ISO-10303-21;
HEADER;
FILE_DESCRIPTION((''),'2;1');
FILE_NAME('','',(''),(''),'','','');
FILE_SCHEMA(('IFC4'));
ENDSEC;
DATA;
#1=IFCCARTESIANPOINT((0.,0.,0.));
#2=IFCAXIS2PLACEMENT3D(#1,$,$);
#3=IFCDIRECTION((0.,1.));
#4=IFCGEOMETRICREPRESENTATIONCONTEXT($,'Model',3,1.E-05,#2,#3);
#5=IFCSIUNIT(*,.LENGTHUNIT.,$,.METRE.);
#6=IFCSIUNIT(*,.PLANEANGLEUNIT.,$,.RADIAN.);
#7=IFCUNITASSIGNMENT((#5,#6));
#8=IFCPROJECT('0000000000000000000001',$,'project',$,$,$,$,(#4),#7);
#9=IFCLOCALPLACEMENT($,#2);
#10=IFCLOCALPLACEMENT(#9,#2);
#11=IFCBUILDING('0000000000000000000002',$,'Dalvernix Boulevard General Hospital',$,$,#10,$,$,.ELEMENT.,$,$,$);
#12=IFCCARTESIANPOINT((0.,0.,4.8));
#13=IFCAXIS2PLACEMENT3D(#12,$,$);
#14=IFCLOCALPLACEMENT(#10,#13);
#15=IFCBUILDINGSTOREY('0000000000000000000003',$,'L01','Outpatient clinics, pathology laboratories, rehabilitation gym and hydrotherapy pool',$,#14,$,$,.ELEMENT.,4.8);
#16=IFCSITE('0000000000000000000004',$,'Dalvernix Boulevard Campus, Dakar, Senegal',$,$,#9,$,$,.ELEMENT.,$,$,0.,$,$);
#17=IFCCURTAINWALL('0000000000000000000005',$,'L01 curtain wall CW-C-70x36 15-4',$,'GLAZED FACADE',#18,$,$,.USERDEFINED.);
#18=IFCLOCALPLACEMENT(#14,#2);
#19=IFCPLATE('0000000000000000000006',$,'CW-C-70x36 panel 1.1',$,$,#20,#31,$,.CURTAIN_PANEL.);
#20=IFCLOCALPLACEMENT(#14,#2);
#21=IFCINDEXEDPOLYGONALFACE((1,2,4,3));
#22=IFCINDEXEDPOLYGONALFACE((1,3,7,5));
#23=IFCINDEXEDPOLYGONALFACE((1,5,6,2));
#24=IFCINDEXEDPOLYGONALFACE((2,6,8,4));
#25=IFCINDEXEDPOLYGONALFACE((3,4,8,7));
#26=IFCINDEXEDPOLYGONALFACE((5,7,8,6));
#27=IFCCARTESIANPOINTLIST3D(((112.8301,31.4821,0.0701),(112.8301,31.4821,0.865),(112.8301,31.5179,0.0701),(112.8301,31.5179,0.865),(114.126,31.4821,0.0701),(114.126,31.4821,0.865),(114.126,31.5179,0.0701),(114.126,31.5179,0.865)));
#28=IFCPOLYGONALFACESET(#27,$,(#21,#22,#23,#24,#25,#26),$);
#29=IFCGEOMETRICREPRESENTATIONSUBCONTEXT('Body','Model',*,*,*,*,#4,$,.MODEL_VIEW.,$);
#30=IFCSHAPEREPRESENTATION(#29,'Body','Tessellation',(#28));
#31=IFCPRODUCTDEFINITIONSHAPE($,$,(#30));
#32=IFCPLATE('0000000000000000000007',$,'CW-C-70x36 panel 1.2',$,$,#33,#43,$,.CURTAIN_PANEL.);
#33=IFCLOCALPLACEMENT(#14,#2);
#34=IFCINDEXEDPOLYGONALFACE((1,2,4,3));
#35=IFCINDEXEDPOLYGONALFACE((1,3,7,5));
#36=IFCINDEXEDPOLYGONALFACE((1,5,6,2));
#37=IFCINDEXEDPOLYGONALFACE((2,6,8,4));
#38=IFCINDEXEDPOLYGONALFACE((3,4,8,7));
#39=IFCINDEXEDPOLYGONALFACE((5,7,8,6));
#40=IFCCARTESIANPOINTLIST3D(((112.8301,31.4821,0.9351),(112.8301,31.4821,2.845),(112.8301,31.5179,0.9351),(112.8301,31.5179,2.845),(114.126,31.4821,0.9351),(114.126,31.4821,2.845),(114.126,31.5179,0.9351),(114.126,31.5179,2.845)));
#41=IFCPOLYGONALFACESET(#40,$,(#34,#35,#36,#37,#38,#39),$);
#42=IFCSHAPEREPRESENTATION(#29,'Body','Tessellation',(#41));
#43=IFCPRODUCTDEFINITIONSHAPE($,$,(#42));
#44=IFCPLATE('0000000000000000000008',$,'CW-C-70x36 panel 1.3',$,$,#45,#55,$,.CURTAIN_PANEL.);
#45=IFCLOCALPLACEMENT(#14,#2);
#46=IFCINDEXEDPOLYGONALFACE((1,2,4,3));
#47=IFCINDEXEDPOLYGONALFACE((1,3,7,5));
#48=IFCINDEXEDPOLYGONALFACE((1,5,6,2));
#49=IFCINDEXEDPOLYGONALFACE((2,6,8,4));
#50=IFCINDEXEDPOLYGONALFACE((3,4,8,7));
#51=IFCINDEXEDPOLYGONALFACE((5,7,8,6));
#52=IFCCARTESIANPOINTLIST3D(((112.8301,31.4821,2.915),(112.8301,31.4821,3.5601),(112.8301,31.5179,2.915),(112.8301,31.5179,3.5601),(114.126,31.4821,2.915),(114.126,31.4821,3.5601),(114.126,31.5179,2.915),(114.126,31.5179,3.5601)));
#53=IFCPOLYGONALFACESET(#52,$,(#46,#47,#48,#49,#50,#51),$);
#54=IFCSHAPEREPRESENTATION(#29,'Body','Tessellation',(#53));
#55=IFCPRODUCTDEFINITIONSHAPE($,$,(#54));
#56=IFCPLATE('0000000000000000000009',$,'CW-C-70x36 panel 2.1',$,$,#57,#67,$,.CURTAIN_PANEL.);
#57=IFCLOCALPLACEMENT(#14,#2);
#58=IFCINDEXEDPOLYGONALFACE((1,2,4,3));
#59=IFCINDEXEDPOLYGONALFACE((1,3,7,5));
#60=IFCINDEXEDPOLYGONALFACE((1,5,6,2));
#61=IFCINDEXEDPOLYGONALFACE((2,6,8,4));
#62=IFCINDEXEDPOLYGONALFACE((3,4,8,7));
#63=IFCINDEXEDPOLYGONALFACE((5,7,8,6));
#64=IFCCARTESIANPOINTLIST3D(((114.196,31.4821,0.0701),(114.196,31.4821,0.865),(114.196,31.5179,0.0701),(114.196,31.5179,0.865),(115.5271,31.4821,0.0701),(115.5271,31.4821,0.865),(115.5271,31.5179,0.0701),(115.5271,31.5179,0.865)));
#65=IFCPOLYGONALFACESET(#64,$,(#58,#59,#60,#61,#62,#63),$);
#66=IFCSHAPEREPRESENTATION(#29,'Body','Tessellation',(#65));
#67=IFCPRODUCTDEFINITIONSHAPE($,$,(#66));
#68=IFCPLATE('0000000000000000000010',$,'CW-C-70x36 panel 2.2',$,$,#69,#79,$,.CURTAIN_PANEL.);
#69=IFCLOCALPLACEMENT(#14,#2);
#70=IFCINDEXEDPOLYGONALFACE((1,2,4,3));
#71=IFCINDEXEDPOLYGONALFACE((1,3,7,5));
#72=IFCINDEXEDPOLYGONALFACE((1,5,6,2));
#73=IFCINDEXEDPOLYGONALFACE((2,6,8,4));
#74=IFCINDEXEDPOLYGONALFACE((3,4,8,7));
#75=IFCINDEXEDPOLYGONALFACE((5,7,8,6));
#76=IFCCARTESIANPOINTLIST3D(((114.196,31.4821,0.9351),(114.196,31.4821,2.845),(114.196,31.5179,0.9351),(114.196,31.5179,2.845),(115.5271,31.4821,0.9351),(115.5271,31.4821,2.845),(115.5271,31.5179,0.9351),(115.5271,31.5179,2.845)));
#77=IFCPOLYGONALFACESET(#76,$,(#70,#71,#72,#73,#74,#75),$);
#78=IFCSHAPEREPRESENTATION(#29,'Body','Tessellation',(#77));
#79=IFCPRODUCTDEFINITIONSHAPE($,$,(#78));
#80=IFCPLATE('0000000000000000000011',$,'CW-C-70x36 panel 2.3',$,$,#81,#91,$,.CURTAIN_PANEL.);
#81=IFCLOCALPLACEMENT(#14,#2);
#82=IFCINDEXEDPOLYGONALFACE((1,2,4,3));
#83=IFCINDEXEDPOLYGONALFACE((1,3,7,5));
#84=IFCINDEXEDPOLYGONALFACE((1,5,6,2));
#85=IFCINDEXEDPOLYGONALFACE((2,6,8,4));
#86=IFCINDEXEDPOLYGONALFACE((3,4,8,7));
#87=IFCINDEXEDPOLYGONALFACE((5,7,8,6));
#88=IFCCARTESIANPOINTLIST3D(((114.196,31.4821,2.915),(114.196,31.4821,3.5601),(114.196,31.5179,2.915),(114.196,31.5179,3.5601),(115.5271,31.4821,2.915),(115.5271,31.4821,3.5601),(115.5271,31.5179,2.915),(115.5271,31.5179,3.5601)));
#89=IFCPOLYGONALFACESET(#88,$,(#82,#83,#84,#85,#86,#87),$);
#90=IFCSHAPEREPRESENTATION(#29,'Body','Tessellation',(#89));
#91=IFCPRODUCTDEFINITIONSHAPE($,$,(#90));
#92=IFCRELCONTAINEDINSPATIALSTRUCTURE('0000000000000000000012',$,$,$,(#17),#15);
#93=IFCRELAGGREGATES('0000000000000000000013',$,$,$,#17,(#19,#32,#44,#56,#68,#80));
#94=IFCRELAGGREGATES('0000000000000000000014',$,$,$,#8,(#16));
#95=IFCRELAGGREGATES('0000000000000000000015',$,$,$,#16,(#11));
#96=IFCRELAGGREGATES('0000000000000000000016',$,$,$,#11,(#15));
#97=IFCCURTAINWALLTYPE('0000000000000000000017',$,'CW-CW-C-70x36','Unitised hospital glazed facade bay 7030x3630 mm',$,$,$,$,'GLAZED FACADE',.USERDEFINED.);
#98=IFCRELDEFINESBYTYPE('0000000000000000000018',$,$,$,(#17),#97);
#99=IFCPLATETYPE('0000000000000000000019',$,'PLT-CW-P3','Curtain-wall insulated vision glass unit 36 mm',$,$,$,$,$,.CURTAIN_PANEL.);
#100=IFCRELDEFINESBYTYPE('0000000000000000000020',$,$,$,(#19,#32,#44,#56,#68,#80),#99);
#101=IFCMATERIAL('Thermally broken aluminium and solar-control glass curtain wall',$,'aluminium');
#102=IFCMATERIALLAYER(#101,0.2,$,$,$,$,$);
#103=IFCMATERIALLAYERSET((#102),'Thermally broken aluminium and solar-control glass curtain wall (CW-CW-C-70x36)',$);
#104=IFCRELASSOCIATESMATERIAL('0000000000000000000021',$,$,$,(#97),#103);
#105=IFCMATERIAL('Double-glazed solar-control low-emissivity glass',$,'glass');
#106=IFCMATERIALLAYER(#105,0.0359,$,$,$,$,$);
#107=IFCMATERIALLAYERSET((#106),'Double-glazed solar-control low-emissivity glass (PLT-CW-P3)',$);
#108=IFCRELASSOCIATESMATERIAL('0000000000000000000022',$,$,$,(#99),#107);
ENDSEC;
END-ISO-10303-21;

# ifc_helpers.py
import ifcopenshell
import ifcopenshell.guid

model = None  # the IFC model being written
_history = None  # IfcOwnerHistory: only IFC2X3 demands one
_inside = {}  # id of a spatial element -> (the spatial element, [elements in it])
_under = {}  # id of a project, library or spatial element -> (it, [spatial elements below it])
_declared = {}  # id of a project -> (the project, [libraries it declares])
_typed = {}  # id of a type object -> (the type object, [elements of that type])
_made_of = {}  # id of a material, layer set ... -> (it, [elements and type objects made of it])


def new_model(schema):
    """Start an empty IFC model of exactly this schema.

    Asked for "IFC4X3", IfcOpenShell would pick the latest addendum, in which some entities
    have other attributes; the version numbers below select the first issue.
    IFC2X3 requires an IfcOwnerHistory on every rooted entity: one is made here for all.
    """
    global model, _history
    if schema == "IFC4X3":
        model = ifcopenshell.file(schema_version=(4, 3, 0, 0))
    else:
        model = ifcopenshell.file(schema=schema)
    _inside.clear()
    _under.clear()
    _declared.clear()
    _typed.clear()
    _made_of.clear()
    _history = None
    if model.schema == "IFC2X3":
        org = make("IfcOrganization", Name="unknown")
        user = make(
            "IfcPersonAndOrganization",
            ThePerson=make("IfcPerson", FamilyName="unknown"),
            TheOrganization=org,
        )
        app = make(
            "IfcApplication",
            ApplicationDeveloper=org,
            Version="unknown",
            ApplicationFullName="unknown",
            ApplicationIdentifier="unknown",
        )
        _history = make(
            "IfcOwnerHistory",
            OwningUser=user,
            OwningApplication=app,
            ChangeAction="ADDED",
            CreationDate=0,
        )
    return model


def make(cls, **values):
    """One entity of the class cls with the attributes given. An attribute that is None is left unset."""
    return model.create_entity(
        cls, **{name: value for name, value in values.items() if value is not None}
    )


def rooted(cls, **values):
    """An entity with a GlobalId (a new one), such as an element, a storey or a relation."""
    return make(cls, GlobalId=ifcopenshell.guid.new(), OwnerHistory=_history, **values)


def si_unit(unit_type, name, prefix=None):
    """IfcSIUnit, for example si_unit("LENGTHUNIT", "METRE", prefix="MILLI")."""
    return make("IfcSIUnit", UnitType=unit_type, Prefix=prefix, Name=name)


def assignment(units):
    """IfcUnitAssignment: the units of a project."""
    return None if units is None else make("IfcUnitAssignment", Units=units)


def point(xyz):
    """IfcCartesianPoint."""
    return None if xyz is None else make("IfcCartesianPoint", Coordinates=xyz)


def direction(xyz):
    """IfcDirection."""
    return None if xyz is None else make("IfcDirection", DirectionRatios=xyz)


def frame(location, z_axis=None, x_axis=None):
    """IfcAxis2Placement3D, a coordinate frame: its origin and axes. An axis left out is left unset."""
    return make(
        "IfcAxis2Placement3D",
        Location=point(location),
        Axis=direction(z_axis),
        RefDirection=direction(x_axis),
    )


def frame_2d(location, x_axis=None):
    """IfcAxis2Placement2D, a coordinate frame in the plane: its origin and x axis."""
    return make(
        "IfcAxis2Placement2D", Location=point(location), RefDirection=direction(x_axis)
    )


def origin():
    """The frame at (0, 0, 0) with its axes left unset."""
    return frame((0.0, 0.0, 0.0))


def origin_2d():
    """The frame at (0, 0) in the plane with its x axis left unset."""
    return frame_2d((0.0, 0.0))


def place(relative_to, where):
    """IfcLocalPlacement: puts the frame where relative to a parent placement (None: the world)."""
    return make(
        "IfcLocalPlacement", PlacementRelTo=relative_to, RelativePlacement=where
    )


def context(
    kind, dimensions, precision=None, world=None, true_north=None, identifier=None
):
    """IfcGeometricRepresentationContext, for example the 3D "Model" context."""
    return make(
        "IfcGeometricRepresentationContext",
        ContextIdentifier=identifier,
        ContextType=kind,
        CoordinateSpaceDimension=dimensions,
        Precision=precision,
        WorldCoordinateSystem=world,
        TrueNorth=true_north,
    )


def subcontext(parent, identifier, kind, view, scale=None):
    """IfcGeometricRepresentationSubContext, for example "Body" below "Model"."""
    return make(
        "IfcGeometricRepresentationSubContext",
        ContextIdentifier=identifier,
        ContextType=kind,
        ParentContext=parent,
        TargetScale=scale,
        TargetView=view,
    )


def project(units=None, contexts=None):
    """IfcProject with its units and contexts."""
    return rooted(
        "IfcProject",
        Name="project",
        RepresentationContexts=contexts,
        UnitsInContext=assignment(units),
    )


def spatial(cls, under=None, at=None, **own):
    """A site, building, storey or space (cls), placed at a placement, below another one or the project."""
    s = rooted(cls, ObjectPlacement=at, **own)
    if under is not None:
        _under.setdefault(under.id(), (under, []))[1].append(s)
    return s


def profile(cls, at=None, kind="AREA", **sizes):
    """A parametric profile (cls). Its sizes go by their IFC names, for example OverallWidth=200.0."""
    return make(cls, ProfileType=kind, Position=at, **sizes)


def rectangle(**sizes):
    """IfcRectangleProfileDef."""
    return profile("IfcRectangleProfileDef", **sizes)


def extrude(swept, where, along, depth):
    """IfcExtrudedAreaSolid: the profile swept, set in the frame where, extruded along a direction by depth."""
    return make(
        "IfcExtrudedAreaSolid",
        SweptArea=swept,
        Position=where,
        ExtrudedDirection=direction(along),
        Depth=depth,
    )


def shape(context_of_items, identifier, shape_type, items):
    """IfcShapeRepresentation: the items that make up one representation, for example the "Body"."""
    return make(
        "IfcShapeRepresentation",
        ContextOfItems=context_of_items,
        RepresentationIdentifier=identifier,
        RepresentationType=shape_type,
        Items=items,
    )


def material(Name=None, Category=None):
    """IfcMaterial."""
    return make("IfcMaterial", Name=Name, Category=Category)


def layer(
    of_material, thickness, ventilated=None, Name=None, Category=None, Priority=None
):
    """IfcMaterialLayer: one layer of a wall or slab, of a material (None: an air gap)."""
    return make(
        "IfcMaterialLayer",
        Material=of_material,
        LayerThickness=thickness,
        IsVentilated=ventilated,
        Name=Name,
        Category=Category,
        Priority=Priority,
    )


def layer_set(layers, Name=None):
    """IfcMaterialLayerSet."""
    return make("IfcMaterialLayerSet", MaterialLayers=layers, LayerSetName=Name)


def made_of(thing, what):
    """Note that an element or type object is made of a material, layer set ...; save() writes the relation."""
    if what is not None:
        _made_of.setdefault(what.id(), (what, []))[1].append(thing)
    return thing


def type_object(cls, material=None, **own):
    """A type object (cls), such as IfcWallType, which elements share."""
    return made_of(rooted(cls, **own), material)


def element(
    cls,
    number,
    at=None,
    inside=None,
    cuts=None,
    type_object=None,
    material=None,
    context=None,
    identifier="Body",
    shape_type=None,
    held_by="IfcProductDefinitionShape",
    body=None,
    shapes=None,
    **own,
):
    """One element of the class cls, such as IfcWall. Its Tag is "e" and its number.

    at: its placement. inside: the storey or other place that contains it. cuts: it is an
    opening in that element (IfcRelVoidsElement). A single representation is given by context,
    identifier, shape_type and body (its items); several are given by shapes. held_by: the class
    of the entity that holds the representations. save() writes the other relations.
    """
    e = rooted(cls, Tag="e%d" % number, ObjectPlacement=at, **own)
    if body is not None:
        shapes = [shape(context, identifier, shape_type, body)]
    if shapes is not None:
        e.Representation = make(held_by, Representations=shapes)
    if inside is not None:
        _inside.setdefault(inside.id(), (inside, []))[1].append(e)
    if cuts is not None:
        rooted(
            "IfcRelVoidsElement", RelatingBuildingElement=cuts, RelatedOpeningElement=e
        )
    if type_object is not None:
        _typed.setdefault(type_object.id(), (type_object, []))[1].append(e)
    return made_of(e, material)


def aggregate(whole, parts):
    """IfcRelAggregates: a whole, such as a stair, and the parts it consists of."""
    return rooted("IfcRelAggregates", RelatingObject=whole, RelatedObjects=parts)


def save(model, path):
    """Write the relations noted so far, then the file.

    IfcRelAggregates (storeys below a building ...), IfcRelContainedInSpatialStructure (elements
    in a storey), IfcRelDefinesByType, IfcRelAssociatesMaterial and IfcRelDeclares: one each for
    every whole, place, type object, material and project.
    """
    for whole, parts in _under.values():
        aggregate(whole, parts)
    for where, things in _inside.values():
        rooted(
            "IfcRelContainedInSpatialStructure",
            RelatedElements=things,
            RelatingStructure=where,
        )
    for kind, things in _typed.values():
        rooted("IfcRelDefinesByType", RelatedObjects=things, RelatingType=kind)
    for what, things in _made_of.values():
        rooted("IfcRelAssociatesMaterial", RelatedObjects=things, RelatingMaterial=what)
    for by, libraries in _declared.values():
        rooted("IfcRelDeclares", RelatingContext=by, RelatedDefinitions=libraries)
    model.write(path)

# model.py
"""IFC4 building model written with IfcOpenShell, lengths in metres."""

from ifc_helpers import new_model, si_unit, direction, frame, origin, origin_2d, place, context, subcontext, project, spatial, rectangle, extrude, material, layer, layer_set, type_object, element, aggregate, save


model = new_model("IFC4")

# Units and contexts
model_context = context("Model", 3, precision=1e-05, world=origin(), true_north=direction((0.0, 1.0)))
body_context = subcontext(model_context, "Body", "Model", "MODEL_VIEW")
ifc_project = project(units=[si_unit("LENGTHUNIT", "METRE"), si_unit("PLANEANGLEUNIT", "RADIAN")], contexts=[model_context])

# Site, building, storey
site_placement = place(None, origin())
site = spatial("IfcSite", under=ifc_project, at=site_placement, Name="Dalvernix Boulevard Campus, Dakar, Senegal", CompositionType="ELEMENT", RefElevation=0.0)
building_placement = place(site_placement, origin())
building = spatial("IfcBuilding", under=site, at=building_placement, Name="Dalvernix Boulevard General Hospital", CompositionType="ELEMENT")
storey_placement = place(building_placement, frame((0.0, 0.0, 4.8)))
storey = spatial("IfcBuildingStorey", under=building, at=storey_placement, Name="L01", Description="Outpatient clinics, pathology laboratories, rehabilitation gym and hydrotherapy pool", CompositionType="ELEMENT", Elevation=4.8)

# Curtain wall, plates
ifc_material_1 = material(Name="Thermally broken aluminium and solar-control glass curtain wall", Category="aluminium")
ifc_layer_1 = layer(ifc_material_1, 0.2)
ifc_layer_set_1 = layer_set([ifc_layer_1], Name="Thermally broken aluminium and solar-control glass curtain wall (CW-CW-C-70x36)")
curtain_wall_type = type_object("IfcCurtainWallType", Name="CW-CW-C-70x36", Description="Unitised hospital glazed facade bay 7030x3630 mm", ElementType="GLAZED FACADE", PredefinedType="USERDEFINED", material=ifc_layer_set_1)
curtain_wall_placement = place(storey_placement, origin())
curtain_wall = element("IfcCurtainWall", 1, at=curtain_wall_placement, inside=storey, type_object=curtain_wall_type, Name="L01 curtain wall CW-C-70x36 15-4", ObjectType="GLAZED FACADE", PredefinedType="USERDEFINED")
ifc_material_2 = material(Name="Double-glazed solar-control low-emissivity glass", Category="glass")
ifc_layer_2 = layer(ifc_material_2, 0.0359)
ifc_layer_set_2 = layer_set([ifc_layer_2], Name="Double-glazed solar-control low-emissivity glass (PLT-CW-P3)")
plate_type = type_object("IfcPlateType", Name="PLT-CW-P3", Description="Curtain-wall insulated vision glass unit 36 mm", PredefinedType="CURTAIN_PANEL", material=ifc_layer_set_2)
plate_1_placement = place(storey_placement, frame((113.478, 31.5, 0.0701), z_axis=(0.0, 0.0, 1.0), x_axis=(1.0, 0.0, 0.0)))
plate_1 = element("IfcPlate", 2, at=plate_1_placement, type_object=plate_type, Name="CW-C-70x36 panel 1.1", PredefinedType="CURTAIN_PANEL", context=body_context, shape_type="SweptSolid", body=[
    extrude(rectangle(XDim=1.2959, YDim=0.0359, at=origin_2d()), origin(), (0.0, 0.0, 1.0), 0.7949),
])
plate_2_placement = place(storey_placement, frame((113.478, 31.5, 0.9351), z_axis=(0.0, 0.0, 1.0), x_axis=(1.0, 0.0, 0.0)))
plate_2 = element("IfcPlate", 3, at=plate_2_placement, type_object=plate_type, Name="CW-C-70x36 panel 1.2", PredefinedType="CURTAIN_PANEL", context=body_context, shape_type="SweptSolid", body=[
    extrude(rectangle(XDim=1.2959, YDim=0.0359, at=origin_2d()), origin(), (0.0, 0.0, 1.0), 1.9099),
])
plate_3_placement = place(storey_placement, frame((113.478, 31.5, 2.915), z_axis=(0.0, 0.0, 1.0), x_axis=(1.0, 0.0, 0.0)))
plate_3 = element("IfcPlate", 4, at=plate_3_placement, type_object=plate_type, Name="CW-C-70x36 panel 1.3", PredefinedType="CURTAIN_PANEL", context=body_context, shape_type="SweptSolid", body=[
    extrude(rectangle(XDim=1.2959, YDim=0.0359, at=origin_2d()), origin(), (0.0, 0.0, 1.0), 0.645),
])
plate_4_placement = place(storey_placement, frame((114.8616, 31.5, 0.0701), z_axis=(0.0, 0.0, 1.0), x_axis=(1.0, 0.0, 0.0)))
plate_4 = element("IfcPlate", 5, at=plate_4_placement, type_object=plate_type, Name="CW-C-70x36 panel 2.1", PredefinedType="CURTAIN_PANEL", context=body_context, shape_type="SweptSolid", body=[
    extrude(rectangle(XDim=1.3311, YDim=0.0359, at=origin_2d()), origin(), (0.0, 0.0, 1.0), 0.7949),
])
plate_5_placement = place(storey_placement, frame((114.8616, 31.5, 0.9351), z_axis=(0.0, 0.0, 1.0), x_axis=(1.0, 0.0, 0.0)))
plate_5 = element("IfcPlate", 6, at=plate_5_placement, type_object=plate_type, Name="CW-C-70x36 panel 2.2", PredefinedType="CURTAIN_PANEL", context=body_context, shape_type="SweptSolid", body=[
    extrude(rectangle(XDim=1.3311, YDim=0.0359, at=origin_2d()), origin(), (0.0, 0.0, 1.0), 1.9099),
])
plate_6_placement = place(storey_placement, frame((114.8616, 31.5, 2.915), z_axis=(0.0, 0.0, 1.0), x_axis=(1.0, 0.0, 0.0)))
plate_6 = element("IfcPlate", 7, at=plate_6_placement, type_object=plate_type, Name="CW-C-70x36 panel 2.3", PredefinedType="CURTAIN_PANEL", context=body_context, shape_type="SweptSolid", body=[
    extrude(rectangle(XDim=1.3311, YDim=0.0359, at=origin_2d()), origin(), (0.0, 0.0, 1.0), 0.645),
])
aggregate(curtain_wall, [plate_1, plate_2, plate_3, plate_4, plate_5, plate_6])

save(model, "model.ifc")
